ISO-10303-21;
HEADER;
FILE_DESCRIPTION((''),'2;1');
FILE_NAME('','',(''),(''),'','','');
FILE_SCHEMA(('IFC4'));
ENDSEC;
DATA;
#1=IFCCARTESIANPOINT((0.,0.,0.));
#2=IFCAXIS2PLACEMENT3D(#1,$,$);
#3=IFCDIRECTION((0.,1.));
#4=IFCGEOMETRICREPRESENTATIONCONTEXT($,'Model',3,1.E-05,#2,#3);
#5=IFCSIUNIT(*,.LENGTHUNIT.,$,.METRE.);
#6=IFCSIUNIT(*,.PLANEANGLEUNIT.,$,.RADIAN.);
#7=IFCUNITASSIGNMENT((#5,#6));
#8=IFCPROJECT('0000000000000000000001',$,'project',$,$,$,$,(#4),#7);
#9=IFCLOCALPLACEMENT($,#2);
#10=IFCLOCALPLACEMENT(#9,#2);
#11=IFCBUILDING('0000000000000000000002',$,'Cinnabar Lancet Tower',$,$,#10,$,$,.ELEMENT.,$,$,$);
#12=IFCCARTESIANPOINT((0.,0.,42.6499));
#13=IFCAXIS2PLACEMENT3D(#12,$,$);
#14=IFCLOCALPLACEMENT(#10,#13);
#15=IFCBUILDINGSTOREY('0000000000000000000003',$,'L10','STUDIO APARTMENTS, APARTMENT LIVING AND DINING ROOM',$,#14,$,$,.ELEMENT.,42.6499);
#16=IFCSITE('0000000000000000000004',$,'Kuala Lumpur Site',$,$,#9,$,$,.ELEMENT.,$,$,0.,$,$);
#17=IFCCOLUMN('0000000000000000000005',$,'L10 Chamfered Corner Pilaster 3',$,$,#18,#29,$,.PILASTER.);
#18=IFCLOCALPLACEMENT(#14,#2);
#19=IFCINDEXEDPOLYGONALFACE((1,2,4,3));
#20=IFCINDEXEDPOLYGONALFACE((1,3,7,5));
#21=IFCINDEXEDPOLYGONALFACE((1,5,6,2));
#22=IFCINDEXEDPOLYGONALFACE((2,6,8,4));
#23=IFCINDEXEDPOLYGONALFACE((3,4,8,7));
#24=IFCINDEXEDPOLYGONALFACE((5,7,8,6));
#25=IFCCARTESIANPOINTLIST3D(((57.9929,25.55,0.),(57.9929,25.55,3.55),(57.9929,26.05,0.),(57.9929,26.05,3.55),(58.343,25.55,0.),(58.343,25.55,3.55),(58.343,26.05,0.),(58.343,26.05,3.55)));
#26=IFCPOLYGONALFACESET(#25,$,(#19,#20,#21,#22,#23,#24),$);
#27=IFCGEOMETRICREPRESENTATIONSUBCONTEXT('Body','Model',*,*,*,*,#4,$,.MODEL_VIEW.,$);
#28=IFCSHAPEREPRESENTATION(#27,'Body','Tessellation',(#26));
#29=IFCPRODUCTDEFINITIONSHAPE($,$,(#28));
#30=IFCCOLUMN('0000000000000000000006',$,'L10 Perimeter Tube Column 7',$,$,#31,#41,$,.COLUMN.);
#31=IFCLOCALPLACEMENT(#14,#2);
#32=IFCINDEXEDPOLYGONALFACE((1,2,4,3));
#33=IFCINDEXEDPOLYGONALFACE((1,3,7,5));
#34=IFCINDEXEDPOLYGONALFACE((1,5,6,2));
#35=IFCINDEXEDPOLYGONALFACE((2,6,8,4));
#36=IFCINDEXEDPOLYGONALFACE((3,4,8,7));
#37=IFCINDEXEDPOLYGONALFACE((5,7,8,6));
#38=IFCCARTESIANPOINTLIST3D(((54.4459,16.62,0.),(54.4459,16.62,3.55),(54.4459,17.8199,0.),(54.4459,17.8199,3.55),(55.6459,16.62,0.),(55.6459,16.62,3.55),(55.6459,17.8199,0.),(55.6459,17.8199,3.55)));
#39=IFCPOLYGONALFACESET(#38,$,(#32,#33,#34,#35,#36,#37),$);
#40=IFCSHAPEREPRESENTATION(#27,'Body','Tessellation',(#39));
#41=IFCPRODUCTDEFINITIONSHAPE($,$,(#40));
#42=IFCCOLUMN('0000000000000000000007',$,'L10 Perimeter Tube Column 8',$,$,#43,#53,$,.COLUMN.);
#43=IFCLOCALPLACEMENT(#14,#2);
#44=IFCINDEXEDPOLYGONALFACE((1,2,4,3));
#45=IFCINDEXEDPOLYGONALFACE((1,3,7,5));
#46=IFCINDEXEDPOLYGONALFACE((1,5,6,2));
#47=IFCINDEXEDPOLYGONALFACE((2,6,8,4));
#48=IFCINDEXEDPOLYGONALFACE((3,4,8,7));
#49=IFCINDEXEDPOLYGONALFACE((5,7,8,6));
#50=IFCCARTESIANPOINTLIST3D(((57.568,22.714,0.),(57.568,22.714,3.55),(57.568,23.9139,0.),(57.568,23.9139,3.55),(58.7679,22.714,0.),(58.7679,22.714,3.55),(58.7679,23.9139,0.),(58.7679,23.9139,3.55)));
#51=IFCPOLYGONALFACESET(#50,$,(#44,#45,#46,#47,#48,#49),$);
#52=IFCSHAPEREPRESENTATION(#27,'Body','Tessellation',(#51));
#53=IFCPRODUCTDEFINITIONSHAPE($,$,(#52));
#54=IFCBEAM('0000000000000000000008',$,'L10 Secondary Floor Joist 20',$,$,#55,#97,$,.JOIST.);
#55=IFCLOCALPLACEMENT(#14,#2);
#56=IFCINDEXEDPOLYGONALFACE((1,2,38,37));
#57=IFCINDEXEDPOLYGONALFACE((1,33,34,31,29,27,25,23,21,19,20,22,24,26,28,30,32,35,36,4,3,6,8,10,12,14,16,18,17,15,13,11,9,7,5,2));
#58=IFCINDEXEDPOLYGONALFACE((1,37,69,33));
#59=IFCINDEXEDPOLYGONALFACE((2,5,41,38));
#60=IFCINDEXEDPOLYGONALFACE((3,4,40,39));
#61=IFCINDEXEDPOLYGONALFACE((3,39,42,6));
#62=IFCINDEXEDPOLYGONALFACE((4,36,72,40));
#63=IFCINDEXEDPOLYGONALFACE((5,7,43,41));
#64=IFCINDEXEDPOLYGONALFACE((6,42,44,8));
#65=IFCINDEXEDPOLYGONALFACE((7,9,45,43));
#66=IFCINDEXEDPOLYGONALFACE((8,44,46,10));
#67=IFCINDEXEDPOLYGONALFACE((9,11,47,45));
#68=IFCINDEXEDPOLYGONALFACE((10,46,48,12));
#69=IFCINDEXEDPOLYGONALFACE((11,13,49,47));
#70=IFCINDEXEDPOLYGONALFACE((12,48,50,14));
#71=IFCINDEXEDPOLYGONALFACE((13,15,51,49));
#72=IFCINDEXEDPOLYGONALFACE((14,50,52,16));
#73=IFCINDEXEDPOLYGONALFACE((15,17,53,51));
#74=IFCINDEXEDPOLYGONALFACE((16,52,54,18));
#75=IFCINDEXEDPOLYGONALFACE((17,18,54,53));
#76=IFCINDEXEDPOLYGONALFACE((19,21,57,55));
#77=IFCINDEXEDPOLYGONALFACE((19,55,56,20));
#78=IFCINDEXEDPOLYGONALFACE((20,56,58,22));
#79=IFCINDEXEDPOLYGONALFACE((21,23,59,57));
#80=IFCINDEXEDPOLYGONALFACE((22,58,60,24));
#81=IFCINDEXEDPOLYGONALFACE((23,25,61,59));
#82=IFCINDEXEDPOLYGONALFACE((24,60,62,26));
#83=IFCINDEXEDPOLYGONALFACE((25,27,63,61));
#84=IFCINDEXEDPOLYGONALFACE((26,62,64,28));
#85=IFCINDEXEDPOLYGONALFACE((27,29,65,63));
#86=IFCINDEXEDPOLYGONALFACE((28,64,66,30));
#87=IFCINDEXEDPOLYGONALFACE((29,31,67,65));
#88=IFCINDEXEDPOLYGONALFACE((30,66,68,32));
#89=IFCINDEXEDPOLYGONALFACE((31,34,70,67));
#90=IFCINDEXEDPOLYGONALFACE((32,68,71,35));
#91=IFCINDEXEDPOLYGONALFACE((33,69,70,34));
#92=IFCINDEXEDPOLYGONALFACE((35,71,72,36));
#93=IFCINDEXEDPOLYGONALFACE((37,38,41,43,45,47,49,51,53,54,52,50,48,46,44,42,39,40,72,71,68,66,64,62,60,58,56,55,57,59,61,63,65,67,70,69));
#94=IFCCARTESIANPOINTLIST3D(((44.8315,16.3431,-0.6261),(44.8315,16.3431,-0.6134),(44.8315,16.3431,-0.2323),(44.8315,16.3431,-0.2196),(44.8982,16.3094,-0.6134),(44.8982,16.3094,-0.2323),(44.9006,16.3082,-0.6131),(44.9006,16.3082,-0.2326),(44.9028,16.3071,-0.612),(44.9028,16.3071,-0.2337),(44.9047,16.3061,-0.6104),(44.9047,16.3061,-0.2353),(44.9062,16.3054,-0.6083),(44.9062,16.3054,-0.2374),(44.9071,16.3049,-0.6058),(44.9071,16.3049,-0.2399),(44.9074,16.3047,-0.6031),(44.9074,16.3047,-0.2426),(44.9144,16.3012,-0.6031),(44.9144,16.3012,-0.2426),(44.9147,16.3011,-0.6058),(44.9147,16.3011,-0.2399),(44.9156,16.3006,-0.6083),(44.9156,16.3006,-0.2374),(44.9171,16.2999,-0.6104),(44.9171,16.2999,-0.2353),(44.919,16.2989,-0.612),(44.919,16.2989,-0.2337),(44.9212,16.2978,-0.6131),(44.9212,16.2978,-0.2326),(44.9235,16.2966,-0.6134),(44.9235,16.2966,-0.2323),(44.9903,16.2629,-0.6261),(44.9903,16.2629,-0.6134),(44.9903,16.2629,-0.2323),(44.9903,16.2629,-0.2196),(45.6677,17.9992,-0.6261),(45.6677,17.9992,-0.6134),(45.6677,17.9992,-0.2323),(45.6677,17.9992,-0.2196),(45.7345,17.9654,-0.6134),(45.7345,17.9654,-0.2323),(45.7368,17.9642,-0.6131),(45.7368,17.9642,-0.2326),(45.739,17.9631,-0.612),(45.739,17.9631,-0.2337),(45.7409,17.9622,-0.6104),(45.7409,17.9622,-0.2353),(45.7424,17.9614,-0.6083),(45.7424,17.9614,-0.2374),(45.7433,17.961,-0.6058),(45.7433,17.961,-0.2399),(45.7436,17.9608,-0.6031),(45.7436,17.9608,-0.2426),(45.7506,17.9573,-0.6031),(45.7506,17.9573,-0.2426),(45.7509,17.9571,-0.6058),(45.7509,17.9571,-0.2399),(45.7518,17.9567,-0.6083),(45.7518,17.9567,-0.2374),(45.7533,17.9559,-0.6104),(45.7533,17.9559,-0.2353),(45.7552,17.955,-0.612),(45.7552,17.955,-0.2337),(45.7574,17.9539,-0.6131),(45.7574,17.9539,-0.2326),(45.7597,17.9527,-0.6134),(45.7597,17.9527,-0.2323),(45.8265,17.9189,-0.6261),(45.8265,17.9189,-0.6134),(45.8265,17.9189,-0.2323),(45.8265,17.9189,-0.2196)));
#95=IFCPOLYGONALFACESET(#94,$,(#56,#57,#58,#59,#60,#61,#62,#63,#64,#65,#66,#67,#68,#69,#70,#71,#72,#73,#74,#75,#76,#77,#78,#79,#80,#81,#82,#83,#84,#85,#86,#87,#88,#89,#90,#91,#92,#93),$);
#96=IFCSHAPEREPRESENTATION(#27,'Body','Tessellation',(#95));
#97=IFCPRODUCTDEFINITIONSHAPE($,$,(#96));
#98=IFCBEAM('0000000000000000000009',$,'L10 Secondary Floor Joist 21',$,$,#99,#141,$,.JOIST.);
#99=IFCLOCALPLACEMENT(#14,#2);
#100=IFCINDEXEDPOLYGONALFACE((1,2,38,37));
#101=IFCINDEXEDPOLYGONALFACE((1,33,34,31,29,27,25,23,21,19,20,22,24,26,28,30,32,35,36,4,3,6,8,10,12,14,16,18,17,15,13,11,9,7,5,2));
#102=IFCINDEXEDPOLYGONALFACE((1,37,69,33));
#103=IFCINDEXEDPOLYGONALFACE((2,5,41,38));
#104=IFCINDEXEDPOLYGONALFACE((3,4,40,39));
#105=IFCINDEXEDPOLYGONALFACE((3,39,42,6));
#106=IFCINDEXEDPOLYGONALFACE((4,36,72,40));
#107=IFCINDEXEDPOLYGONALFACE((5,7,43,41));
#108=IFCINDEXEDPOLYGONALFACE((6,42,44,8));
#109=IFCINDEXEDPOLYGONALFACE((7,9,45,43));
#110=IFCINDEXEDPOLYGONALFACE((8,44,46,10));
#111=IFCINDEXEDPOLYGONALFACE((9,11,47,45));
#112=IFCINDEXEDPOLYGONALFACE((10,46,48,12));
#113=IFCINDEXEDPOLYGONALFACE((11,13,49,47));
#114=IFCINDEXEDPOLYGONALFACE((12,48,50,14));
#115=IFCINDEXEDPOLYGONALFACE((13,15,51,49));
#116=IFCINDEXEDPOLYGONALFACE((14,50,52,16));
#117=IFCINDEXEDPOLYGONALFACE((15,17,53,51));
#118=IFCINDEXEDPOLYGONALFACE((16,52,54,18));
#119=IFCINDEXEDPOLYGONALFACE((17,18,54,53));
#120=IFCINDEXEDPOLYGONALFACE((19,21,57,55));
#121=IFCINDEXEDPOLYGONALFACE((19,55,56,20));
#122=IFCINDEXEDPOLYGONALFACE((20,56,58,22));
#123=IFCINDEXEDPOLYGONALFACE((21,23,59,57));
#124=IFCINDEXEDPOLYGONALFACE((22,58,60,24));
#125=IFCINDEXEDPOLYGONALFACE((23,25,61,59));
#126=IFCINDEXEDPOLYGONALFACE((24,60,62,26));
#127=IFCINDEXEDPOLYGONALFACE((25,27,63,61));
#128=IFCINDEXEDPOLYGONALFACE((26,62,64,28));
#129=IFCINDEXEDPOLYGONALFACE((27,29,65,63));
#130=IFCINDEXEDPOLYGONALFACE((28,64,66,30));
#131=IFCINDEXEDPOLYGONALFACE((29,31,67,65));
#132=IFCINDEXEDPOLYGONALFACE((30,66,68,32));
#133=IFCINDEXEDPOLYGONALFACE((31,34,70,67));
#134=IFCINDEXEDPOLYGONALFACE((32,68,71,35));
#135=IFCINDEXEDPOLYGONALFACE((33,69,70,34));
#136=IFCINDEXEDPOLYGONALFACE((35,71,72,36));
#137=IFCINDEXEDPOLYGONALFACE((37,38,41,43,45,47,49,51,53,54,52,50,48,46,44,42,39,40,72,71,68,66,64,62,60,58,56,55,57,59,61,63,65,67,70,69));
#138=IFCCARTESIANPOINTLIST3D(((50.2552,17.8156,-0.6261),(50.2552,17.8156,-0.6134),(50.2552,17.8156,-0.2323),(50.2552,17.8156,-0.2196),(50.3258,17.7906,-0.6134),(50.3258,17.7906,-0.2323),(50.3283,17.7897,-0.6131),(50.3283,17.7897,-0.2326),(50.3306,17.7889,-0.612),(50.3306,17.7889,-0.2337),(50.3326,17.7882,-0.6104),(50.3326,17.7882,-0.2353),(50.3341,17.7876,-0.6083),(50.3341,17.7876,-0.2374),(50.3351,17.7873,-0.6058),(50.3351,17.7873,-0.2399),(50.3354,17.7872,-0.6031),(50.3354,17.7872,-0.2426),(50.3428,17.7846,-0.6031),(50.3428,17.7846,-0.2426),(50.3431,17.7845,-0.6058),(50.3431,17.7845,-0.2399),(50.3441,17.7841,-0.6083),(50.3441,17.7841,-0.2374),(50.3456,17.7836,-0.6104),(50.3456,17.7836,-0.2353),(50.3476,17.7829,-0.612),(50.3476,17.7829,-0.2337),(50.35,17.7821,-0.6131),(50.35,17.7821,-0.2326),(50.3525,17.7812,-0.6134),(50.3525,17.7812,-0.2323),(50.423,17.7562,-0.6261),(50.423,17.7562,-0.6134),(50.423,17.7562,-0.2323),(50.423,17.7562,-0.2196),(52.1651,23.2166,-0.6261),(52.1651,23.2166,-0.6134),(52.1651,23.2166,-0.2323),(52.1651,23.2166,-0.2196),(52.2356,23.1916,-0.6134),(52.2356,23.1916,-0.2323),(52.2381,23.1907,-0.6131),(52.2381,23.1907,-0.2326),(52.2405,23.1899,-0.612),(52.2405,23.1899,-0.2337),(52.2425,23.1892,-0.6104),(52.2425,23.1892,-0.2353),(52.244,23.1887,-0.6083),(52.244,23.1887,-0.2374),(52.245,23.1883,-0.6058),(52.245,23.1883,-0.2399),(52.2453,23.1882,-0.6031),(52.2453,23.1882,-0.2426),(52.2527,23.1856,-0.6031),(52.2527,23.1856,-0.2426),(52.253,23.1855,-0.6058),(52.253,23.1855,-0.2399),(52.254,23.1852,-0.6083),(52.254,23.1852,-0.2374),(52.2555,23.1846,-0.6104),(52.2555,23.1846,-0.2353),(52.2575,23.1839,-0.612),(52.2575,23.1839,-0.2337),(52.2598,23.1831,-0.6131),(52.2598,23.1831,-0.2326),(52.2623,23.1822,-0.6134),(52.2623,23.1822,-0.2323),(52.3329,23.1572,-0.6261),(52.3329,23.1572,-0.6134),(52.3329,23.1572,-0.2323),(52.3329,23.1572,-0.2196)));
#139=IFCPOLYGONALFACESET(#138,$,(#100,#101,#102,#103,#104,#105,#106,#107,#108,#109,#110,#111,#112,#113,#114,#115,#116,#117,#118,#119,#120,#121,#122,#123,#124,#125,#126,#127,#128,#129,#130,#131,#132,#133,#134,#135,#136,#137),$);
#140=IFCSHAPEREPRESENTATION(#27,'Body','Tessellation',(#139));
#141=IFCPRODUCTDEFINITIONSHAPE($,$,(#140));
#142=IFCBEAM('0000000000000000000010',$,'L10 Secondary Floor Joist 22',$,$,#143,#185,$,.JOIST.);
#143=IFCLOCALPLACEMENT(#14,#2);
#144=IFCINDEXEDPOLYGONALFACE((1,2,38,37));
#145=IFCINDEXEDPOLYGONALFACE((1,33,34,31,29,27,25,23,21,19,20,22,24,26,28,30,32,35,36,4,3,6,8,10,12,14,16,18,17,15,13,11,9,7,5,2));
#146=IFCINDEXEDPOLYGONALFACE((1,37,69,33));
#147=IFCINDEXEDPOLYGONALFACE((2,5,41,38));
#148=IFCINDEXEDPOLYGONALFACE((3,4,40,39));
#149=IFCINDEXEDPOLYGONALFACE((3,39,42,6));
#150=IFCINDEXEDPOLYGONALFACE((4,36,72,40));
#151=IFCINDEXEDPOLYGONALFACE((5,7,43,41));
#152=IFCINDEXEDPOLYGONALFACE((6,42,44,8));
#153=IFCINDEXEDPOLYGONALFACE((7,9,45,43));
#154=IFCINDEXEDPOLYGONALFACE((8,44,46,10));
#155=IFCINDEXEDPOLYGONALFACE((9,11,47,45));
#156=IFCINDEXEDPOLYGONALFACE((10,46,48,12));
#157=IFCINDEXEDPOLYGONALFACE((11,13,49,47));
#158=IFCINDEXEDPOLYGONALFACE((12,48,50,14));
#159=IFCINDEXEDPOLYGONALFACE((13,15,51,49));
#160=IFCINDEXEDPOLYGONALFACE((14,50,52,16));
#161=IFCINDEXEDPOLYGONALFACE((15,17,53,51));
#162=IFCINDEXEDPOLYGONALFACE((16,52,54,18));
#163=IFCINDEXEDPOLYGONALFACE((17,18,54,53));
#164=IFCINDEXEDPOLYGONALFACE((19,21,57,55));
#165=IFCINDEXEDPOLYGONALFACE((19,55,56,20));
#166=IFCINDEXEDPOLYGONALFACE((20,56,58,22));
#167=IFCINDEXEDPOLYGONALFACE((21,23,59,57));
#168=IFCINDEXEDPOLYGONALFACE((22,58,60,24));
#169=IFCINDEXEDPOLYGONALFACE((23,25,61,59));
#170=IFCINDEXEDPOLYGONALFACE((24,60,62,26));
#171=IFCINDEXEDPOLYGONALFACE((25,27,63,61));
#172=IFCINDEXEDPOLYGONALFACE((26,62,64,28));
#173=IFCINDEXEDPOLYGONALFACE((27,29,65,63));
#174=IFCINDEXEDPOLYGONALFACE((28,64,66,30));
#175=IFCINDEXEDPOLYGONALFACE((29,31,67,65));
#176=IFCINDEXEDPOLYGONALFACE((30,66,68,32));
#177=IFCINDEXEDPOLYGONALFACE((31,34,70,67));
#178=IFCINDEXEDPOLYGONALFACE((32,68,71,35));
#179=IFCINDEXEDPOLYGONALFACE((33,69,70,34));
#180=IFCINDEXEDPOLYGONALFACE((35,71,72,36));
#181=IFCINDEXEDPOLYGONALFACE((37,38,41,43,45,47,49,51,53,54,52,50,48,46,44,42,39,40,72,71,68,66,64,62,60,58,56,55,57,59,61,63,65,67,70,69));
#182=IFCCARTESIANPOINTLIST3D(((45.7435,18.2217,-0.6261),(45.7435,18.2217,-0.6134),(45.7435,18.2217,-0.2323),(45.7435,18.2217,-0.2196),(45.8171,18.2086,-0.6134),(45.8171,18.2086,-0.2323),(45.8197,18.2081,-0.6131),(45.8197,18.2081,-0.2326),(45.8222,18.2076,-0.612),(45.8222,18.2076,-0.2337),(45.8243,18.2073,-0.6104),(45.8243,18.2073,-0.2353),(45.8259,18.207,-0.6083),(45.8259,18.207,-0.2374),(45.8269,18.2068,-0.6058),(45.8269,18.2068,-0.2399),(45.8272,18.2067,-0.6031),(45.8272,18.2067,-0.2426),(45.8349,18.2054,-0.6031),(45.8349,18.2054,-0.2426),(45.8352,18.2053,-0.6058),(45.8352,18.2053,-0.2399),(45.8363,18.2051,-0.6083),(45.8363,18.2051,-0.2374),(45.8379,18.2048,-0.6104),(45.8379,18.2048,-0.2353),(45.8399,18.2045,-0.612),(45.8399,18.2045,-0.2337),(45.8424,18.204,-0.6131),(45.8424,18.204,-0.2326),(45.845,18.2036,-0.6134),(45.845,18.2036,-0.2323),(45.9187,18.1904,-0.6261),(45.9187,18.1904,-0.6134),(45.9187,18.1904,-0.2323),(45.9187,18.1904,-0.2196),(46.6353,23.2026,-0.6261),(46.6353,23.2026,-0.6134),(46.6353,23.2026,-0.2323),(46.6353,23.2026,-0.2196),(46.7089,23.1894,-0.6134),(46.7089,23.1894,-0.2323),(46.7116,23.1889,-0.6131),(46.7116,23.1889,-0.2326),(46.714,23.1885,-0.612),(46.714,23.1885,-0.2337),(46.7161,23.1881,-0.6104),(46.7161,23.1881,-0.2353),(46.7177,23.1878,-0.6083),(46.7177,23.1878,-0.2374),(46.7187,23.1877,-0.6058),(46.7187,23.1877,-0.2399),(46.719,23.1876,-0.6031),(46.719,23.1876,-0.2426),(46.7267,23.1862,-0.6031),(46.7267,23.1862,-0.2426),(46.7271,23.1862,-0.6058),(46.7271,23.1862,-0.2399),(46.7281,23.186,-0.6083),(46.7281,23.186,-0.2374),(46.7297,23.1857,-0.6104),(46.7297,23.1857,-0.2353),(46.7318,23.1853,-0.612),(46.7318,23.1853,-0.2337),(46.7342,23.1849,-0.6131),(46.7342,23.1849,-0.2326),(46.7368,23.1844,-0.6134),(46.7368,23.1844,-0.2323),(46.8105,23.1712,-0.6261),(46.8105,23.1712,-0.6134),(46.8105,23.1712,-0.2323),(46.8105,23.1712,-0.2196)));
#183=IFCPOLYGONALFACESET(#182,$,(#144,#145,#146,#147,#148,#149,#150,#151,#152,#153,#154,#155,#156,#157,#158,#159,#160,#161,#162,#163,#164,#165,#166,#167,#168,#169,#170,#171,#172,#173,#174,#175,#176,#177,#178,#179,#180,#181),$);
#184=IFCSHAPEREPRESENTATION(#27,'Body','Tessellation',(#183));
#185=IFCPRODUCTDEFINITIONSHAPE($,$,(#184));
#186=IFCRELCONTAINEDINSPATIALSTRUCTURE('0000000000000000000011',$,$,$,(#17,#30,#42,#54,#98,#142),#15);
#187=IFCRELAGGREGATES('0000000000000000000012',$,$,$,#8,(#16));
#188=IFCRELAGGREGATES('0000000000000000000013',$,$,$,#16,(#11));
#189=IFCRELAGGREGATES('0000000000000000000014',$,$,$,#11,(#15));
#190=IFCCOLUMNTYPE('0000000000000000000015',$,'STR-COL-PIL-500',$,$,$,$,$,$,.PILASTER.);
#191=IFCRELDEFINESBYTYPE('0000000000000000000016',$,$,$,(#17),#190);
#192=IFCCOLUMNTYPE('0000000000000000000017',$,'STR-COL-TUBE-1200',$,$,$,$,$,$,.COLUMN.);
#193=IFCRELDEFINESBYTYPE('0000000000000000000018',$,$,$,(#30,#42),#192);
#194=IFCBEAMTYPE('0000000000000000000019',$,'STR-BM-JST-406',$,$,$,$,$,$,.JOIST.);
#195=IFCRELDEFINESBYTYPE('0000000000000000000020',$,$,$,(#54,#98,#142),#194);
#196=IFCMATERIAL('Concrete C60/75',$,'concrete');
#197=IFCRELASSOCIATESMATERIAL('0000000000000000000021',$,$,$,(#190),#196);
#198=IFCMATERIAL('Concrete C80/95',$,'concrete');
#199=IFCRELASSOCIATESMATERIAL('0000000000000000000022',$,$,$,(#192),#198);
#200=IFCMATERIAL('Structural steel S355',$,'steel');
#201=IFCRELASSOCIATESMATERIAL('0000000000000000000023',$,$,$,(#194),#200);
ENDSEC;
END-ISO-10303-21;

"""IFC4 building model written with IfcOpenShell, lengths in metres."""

from ifc_helpers import new_model, si_unit, direction, frame, origin, origin_2d, place, context, subcontext, project, spatial, rectangle, i_section, extrude, material, material_profile, profile_set, type_object, element, save


model = new_model("IFC4")

# Units and contexts
model_context = context("Model", 3, precision=1e-05, world=origin(), true_north=direction((0.0, 1.0)))
body_context = subcontext(model_context, "Body", "Model", "MODEL_VIEW")
ifc_project = project(units=[si_unit("LENGTHUNIT", "METRE"), si_unit("PLANEANGLEUNIT", "RADIAN")], contexts=[model_context])

# Site, building, storey
site_placement = place(None, origin())
site = spatial("IfcSite", under=ifc_project, at=site_placement, Name="Kuala Lumpur Site", CompositionType="ELEMENT", RefElevation=0.0)
building_placement = place(site_placement, origin())
building = spatial("IfcBuilding", under=site, at=building_placement, Name="Cinnabar Lancet Tower", CompositionType="ELEMENT")
storey_placement = place(building_placement, frame((0.0, 0.0, 42.6499)))
storey = spatial("IfcBuildingStorey", under=building, at=storey_placement, Name="L10", Description="STUDIO APARTMENTS, APARTMENT LIVING AND DINING ROOM", CompositionType="ELEMENT", Elevation=42.6499)

# Columns
ifc_material_1 = material(Name="Concrete C60/75", Category="concrete")
ifc_material_profile_1 = material_profile(ifc_material_1, rectangle(XDim=0.5, YDim=0.3501, at=origin_2d()), Name="RC-PIL 500x350")
ifc_profile_set_1 = profile_set([ifc_material_profile_1], Name="Concrete C60/75")
column_type_1 = type_object("IfcColumnType", Name="STR-COL-PIL-500", PredefinedType="PILASTER", material=ifc_profile_set_1)
column_placement = place(storey_placement, frame((58.168, 25.8, 0.0), z_axis=(0.0, 0.0, 1.0), x_axis=(0.0, 1.0, 0.0)))
element("IfcColumn", 1, at=column_placement, inside=storey, type_object=column_type_1, Name="L10 Chamfered Corner Pilaster 3", PredefinedType="PILASTER", context=body_context, shape_type="SweptSolid", body=[
    extrude(rectangle(XDim=0.5, YDim=0.3501, at=origin_2d()), origin(), (0.0, 0.0, 1.0), 3.55),
])
ifc_material_2 = material(Name="Concrete C80/95", Category="concrete")
ifc_material_profile_2 = material_profile(ifc_material_2, rectangle(XDim=1.2, YDim=1.2, at=origin_2d()), Name="RC-COL 1200x1200")
ifc_profile_set_2 = profile_set([ifc_material_profile_2], Name="Concrete C80/95")
column_type_2 = type_object("IfcColumnType", Name="STR-COL-TUBE-1200", PredefinedType="COLUMN", material=ifc_profile_set_2)
for number, where, z_axis, x_axis, name in (
    (2, (55.0459, 17.22, 0.0), (0.0, 0.0, 1.0), (1.0, 0.0, 0.0), "L10 Perimeter Tube Column 7"),
    (3, (58.168, 23.314, 0.0), (0.0, 0.0, 1.0), (1.0, 0.0, 0.0), "L10 Perimeter Tube Column 8"),
):
    element("IfcColumn", number, at=place(storey_placement, frame(where, z_axis=z_axis, x_axis=x_axis)), inside=storey, type_object=column_type_2, Name=name, PredefinedType="COLUMN", context=body_context, shape_type="SweptSolid", body=[
        extrude(rectangle(XDim=1.2, YDim=1.2, at=origin_2d()), origin(), (0.0, 0.0, 1.0), 3.55),
    ])

# Beams
ifc_material_3 = material(Name="Structural steel S355", Category="steel")
ifc_material_profile_3 = material_profile(ifc_material_3, i_section(OverallWidth=0.178, OverallDepth=0.4065, WebThickness=0.0078, FlangeThickness=0.0127, FilletRadius=0.0103, at=origin_2d()), Name="UKB 406x178x60")
ifc_profile_set_3 = profile_set([ifc_material_profile_3], Name="Structural steel S355")
beam_type_1 = type_object("IfcBeamType", Name="STR-BM-JST-406", PredefinedType="JOIST", material=ifc_profile_set_3)
beam_1_placement = place(storey_placement, frame((44.9109, 16.303, -0.4229), z_axis=(0.450737, 0.892657, 0.0), x_axis=(-0.892657, 0.450737, 0.0)))
element("IfcBeam", 4, at=beam_1_placement, inside=storey, type_object=beam_type_1, Name="L10 Secondary Floor Joist 20", PredefinedType="JOIST", context=body_context, shape_type="SweptSolid", body=[
    extrude(i_section(OverallWidth=0.178, OverallDepth=0.4065, WebThickness=0.0078, FlangeThickness=0.0127, FilletRadius=0.0103, at=origin_2d()), origin(), (0.0, 0.0, 1.0), 1.8552),
])
beam_2_placement = place(storey_placement, frame((50.3391, 17.7859, -0.4229), z_axis=(0.333384, 0.942791, 0.0), x_axis=(-0.942791, 0.333384, 0.0)))
element("IfcBeam", 5, at=beam_2_placement, inside=storey, type_object=beam_type_1, Name="L10 Secondary Floor Joist 21", PredefinedType="JOIST", context=body_context, shape_type="SweptSolid", body=[
    extrude(i_section(OverallWidth=0.178, OverallDepth=0.4065, WebThickness=0.0078, FlangeThickness=0.0127, FilletRadius=0.0103, at=origin_2d()), origin(), (0.0, 0.0, 1.0), 5.7288),
])
beam_3_placement = place(storey_placement, frame((45.8311, 18.2061, -0.4229), z_axis=(0.176248, 0.984346, 0.0), x_axis=(-0.984346, 0.176248, 0.0)))
element("IfcBeam", 6, at=beam_3_placement, inside=storey, type_object=beam_type_1, Name="L10 Secondary Floor Joist 22", PredefinedType="JOIST", context=body_context, shape_type="SweptSolid", body=[
    extrude(i_section(OverallWidth=0.178, OverallDepth=0.4065, WebThickness=0.0078, FlangeThickness=0.0127, FilletRadius=0.0103, at=origin_2d()), origin(), (0.0, 0.0, 1.0), 5.0601),
])

save(model, "model.ifc")
